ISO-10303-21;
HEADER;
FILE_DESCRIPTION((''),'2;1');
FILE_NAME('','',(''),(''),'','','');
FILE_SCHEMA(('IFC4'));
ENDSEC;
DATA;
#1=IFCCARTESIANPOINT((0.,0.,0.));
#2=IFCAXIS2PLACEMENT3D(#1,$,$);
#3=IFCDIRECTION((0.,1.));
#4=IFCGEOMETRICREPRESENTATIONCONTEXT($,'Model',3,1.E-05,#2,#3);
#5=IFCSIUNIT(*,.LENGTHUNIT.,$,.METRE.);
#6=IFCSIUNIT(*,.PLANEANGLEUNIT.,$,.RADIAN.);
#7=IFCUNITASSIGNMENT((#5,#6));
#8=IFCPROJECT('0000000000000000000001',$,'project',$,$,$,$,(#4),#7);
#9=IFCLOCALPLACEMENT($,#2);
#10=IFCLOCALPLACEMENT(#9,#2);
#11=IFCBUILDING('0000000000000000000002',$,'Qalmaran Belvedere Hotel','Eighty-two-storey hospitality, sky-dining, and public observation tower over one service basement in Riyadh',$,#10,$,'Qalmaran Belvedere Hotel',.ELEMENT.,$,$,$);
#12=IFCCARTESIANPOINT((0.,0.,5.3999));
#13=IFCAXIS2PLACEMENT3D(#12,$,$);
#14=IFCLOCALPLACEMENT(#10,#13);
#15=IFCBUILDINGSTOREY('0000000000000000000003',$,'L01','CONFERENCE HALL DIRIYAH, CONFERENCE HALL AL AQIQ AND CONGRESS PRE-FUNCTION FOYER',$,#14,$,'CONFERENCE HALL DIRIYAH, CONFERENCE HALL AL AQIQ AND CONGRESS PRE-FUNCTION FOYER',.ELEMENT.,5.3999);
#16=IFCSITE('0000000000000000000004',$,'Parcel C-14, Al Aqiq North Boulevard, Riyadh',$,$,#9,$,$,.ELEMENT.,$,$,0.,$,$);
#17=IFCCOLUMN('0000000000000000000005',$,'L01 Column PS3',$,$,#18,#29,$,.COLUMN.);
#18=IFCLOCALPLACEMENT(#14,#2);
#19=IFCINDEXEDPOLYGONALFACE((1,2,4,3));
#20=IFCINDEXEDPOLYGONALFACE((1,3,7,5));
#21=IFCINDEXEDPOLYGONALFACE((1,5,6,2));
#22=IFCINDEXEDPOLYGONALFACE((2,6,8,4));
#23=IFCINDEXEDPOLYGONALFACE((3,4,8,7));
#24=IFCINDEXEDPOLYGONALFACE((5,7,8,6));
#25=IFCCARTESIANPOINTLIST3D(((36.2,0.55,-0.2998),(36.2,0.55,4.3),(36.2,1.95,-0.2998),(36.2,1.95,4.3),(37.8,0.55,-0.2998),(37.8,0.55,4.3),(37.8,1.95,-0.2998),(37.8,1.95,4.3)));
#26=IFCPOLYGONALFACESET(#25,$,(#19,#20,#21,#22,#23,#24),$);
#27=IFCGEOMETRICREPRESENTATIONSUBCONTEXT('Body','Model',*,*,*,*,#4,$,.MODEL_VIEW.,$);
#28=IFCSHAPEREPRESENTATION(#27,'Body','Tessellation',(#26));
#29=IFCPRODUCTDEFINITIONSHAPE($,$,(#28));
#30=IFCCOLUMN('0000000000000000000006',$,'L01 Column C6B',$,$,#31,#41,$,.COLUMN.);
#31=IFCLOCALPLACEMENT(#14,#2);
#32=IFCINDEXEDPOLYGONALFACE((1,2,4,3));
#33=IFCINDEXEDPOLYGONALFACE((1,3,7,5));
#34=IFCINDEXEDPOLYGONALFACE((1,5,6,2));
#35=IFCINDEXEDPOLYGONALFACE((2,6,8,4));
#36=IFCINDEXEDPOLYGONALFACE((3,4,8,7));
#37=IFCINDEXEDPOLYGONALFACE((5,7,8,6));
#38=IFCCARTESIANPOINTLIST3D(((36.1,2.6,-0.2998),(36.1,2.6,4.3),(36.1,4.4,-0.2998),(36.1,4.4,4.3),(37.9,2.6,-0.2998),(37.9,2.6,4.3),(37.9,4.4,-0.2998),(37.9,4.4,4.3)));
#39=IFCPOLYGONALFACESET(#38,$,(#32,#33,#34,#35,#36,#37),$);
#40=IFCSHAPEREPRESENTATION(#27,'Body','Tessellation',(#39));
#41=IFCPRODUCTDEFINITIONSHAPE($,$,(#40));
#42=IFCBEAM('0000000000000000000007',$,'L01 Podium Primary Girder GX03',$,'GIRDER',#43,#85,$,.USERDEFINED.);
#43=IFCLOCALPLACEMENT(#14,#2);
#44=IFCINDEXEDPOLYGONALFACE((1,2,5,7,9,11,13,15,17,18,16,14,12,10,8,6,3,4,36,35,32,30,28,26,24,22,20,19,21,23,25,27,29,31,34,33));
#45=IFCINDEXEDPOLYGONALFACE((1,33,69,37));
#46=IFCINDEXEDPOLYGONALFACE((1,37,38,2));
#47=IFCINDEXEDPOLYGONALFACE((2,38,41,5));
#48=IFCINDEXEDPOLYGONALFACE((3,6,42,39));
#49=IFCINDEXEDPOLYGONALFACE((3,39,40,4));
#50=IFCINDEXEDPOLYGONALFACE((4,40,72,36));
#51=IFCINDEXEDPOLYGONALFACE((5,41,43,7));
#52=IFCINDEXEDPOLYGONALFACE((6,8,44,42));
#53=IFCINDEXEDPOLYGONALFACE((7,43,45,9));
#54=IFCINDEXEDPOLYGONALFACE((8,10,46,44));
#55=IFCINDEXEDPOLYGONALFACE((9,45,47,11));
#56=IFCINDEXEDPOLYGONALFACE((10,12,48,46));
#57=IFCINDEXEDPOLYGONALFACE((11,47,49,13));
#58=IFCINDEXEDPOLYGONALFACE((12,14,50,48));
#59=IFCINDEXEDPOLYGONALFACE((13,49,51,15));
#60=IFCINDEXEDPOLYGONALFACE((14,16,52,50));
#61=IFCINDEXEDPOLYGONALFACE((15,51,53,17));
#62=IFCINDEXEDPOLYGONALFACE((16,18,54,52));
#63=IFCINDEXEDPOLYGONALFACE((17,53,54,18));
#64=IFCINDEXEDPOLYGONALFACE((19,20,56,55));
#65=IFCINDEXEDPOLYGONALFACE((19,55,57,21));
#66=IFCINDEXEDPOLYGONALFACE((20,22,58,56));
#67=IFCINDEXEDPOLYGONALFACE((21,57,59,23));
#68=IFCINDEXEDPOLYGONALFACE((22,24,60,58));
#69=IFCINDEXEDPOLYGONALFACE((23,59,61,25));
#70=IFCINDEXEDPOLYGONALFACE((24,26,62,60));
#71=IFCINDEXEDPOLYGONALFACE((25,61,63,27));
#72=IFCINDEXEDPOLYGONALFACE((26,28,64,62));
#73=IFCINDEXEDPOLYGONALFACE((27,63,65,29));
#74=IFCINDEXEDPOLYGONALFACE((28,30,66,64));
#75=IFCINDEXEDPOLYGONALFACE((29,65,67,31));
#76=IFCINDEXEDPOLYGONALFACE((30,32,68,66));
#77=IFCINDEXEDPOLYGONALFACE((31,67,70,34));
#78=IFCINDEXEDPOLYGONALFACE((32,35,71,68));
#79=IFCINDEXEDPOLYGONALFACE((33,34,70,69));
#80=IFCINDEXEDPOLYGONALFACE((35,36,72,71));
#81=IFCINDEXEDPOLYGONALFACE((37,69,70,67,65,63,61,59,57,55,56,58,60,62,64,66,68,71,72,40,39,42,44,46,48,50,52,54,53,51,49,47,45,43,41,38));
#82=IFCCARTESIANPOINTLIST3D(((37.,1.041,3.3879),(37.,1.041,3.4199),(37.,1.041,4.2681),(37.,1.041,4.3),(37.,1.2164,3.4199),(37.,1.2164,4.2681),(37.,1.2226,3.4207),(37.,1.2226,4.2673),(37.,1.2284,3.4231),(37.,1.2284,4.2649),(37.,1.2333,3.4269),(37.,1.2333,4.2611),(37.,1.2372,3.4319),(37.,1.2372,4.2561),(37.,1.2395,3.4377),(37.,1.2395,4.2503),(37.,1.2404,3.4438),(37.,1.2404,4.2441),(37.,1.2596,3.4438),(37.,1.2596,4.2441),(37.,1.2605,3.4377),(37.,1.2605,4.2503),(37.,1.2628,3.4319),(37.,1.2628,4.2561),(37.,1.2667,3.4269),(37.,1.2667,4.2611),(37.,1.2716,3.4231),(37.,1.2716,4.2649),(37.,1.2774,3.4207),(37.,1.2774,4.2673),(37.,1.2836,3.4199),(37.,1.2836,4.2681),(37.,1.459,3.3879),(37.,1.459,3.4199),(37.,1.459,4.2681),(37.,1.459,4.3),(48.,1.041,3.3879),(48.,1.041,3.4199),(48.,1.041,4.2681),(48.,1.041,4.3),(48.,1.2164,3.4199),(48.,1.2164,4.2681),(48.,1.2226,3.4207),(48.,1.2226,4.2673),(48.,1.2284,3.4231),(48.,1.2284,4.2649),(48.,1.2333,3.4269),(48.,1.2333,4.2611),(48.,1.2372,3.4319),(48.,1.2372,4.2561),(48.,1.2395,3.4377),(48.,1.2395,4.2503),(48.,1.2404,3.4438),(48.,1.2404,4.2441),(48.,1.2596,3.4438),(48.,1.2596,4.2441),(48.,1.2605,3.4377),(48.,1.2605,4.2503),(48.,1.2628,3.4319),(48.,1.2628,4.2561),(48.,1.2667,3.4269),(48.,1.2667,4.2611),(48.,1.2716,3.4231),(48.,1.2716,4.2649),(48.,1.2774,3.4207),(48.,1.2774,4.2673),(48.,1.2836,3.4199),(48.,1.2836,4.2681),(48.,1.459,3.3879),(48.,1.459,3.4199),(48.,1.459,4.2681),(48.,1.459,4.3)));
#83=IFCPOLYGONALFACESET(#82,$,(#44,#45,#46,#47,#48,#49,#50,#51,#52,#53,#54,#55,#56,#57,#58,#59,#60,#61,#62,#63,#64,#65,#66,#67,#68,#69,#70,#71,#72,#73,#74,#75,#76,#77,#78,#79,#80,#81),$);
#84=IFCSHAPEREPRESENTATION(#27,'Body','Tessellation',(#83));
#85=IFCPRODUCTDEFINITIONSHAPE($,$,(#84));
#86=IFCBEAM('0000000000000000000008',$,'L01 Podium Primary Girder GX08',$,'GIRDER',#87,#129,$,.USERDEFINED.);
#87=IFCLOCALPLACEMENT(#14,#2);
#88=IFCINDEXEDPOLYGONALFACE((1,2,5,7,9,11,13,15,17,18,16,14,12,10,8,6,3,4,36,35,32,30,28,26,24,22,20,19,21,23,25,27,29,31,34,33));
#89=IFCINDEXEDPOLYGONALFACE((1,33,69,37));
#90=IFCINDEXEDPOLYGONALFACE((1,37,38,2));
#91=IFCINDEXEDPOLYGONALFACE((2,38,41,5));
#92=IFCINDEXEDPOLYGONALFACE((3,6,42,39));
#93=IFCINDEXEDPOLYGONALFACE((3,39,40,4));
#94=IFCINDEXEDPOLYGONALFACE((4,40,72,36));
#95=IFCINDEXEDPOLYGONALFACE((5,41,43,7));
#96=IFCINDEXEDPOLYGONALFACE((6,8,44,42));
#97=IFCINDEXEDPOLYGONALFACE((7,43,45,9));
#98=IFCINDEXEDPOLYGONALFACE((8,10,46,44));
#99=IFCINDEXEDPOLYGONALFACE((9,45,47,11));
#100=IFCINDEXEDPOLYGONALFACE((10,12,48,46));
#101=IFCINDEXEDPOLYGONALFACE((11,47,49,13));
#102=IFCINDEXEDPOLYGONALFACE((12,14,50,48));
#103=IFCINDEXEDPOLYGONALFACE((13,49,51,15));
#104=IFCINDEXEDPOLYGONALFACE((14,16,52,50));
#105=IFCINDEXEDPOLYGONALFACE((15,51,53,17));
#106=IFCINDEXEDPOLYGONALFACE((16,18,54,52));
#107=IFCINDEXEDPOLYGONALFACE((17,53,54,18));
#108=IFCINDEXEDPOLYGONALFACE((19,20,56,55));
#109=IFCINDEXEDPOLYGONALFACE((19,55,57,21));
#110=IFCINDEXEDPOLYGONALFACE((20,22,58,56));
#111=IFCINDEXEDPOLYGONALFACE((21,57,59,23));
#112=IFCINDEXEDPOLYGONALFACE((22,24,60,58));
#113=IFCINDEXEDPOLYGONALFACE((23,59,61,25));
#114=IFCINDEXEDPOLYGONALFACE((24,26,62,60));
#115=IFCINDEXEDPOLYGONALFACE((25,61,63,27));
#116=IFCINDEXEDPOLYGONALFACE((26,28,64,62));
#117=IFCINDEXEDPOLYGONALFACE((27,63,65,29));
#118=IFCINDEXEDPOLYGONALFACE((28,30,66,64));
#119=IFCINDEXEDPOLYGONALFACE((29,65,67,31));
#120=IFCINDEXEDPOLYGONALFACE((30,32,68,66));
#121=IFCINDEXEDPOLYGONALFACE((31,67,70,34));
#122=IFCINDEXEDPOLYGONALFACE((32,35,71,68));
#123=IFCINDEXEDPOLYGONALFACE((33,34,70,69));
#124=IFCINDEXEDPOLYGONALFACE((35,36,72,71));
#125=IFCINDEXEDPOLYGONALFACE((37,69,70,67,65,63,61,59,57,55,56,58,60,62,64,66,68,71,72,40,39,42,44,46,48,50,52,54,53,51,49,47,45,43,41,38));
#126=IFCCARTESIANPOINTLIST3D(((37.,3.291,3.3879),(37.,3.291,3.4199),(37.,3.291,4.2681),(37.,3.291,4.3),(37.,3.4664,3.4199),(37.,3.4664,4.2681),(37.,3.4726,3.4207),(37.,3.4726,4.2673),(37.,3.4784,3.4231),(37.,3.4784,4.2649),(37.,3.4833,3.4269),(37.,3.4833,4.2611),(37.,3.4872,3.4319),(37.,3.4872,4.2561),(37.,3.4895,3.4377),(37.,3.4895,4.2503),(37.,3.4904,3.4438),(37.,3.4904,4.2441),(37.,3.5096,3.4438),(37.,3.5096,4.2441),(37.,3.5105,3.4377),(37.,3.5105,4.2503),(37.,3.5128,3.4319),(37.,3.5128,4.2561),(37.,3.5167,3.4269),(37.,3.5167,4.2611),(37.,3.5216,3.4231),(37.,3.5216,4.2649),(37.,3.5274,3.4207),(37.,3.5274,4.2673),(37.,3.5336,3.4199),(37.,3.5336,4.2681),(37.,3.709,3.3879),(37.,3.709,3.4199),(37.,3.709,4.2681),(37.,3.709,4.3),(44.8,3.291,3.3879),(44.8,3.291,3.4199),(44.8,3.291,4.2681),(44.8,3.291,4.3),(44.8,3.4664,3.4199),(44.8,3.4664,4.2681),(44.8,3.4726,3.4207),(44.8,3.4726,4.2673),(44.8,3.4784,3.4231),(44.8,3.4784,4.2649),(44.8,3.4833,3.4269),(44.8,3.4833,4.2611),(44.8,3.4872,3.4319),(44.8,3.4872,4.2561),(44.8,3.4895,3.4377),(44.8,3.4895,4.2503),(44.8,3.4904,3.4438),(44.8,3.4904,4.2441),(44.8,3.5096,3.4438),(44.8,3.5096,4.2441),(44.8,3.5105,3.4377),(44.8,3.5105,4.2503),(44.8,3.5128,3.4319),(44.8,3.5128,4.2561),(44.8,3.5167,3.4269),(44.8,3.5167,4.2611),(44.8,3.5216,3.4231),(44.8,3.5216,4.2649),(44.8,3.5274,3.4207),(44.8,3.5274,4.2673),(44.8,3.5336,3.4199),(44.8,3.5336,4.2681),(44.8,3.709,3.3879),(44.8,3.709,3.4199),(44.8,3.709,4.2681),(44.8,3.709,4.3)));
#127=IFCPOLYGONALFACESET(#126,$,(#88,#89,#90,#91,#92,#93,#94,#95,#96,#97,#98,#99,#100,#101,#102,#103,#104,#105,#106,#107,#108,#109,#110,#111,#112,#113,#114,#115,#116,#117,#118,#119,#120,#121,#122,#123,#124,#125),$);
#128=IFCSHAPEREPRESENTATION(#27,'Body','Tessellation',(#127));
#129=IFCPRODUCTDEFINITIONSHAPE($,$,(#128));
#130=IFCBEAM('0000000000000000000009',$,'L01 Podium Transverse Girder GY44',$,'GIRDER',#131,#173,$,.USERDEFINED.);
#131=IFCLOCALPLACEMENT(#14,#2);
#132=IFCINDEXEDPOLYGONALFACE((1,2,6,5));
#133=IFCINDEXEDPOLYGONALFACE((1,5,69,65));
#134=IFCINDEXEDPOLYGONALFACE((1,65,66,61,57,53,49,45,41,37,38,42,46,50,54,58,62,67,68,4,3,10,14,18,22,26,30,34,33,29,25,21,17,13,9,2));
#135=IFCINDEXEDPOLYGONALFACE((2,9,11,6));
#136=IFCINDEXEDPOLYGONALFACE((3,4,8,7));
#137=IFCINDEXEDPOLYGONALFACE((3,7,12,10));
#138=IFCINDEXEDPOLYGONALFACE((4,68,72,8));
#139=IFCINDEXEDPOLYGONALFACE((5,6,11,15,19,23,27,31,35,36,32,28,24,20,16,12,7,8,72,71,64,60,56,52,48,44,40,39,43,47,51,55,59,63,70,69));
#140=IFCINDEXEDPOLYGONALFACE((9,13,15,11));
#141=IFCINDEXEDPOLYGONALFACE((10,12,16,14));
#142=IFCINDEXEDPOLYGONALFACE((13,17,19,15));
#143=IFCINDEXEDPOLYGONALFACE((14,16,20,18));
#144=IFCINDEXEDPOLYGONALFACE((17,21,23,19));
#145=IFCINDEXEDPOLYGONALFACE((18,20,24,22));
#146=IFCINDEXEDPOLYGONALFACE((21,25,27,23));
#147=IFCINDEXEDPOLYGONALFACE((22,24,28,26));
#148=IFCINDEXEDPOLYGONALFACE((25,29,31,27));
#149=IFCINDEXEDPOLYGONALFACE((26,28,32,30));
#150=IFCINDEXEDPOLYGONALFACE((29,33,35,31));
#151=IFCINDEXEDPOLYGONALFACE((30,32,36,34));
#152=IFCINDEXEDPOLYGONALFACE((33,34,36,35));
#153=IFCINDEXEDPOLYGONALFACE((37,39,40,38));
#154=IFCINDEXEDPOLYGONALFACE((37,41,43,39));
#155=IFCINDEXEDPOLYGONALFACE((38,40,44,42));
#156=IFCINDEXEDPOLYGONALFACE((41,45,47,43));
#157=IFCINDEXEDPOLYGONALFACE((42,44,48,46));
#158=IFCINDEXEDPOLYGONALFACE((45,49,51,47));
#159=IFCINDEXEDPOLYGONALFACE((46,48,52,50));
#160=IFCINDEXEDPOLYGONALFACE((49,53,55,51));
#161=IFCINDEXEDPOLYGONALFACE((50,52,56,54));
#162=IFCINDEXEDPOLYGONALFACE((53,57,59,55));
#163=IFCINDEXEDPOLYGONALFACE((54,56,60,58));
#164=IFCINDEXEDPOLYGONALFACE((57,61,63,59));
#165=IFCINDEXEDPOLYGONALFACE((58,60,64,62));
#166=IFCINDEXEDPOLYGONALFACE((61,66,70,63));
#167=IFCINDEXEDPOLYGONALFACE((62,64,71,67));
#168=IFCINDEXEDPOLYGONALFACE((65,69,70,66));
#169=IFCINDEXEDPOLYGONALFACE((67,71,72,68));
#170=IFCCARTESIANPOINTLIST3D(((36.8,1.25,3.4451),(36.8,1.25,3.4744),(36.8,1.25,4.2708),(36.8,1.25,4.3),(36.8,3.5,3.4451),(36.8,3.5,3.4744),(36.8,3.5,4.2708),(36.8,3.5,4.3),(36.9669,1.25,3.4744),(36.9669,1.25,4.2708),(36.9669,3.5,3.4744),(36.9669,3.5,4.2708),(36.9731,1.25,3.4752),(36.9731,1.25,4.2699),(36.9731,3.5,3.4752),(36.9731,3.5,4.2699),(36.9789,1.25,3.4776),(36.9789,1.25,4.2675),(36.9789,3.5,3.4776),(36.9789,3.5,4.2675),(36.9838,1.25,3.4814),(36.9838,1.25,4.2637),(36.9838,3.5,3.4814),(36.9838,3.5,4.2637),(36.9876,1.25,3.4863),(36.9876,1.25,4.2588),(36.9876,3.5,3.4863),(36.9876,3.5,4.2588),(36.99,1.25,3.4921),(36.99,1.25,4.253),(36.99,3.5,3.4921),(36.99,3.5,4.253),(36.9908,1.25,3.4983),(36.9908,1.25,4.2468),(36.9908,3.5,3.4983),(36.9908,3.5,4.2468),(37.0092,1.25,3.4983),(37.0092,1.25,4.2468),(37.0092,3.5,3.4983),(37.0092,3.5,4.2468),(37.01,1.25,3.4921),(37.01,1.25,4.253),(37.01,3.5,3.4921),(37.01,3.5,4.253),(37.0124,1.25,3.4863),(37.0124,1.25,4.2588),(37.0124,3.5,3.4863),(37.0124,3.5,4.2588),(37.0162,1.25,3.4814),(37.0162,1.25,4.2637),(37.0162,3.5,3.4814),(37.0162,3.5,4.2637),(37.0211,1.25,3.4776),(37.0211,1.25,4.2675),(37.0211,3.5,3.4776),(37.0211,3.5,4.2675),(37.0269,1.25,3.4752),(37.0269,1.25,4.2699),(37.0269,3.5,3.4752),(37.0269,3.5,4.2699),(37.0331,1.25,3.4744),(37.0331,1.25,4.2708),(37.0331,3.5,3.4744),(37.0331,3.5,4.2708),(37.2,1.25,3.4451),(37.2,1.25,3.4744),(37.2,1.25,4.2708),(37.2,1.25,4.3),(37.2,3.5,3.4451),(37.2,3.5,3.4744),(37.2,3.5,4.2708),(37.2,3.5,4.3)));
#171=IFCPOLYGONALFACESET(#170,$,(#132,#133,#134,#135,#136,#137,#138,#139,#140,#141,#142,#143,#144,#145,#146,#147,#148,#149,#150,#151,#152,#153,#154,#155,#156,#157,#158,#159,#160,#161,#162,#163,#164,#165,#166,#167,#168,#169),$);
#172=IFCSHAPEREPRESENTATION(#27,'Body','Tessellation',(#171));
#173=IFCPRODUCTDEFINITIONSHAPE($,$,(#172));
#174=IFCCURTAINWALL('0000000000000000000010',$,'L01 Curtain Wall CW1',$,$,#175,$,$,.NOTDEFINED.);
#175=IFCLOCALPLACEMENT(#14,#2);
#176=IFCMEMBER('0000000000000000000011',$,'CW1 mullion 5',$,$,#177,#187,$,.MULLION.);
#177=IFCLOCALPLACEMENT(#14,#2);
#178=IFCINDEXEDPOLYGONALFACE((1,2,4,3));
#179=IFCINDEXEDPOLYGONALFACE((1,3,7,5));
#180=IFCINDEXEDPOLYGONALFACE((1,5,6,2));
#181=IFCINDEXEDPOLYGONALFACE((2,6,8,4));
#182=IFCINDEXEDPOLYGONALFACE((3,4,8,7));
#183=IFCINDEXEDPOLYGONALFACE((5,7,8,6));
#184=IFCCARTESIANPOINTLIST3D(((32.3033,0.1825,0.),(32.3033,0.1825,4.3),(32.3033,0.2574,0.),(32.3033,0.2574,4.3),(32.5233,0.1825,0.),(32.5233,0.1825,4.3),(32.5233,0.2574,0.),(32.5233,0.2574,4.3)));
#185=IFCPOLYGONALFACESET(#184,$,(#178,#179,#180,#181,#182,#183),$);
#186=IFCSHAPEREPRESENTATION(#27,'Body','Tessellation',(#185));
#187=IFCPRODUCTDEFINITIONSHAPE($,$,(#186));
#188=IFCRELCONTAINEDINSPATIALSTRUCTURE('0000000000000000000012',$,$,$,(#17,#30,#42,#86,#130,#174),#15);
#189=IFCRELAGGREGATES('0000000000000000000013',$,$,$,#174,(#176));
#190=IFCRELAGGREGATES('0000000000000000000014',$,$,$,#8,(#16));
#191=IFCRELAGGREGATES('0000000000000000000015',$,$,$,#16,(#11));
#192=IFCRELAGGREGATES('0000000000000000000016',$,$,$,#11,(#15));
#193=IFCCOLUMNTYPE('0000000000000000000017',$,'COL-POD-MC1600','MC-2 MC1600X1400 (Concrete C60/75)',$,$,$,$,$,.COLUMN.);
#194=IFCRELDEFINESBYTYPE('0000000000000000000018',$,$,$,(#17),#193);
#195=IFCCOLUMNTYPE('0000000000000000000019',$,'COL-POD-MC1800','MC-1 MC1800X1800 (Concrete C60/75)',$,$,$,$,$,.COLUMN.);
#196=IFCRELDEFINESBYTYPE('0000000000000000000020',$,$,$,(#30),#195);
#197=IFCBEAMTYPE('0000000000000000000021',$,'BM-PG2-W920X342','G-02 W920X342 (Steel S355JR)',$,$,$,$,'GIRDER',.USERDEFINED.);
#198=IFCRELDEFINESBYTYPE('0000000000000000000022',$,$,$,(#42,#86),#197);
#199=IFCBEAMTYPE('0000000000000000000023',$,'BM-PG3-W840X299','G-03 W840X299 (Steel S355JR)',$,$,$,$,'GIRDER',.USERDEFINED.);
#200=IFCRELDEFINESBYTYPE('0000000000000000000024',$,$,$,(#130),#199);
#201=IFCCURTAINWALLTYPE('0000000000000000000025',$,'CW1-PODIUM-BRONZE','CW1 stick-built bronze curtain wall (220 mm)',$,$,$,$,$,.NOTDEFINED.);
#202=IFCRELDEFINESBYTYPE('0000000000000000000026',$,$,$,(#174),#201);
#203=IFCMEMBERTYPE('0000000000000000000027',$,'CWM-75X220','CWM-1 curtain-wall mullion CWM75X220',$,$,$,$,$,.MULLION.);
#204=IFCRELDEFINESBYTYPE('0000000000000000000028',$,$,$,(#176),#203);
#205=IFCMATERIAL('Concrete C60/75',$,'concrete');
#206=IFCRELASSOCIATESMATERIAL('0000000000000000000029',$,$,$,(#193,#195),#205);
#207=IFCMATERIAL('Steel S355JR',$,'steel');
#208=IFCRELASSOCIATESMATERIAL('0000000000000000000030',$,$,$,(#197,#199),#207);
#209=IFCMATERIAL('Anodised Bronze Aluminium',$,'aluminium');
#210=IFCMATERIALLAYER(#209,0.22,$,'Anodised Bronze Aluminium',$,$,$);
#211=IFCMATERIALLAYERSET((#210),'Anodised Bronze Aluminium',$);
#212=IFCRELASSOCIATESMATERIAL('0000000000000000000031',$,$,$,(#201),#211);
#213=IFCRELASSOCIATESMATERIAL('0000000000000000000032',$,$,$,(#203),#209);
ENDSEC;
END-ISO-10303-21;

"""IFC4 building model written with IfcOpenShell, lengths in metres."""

from ifc_helpers import new_model, si_unit, direction, frame, origin, origin_2d, place, context, subcontext, project, spatial, rectangle, i_section, extrude, material, layer, layer_set, material_profile, profile_set, type_object, element, aggregate, save


model = new_model("IFC4")

# Units and contexts
model_context = context("Model", 3, precision=1e-05, world=origin(), true_north=direction((0.0, 1.0)))
body_context = subcontext(model_context, "Body", "Model", "MODEL_VIEW")
ifc_project = project(units=[si_unit("LENGTHUNIT", "METRE"), si_unit("PLANEANGLEUNIT", "RADIAN")], contexts=[model_context])

# Site, building, storey
site_placement = place(None, origin())
site = spatial("IfcSite", under=ifc_project, at=site_placement, Name="Parcel C-14, Al Aqiq North Boulevard, Riyadh", CompositionType="ELEMENT", RefElevation=0.0)
building_placement = place(site_placement, origin())
building = spatial("IfcBuilding", under=site, at=building_placement, Name="Qalmaran Belvedere Hotel", Description="Eighty-two-storey hospitality, sky-dining, and public observation tower over one service basement in Riyadh", LongName="Qalmaran Belvedere Hotel", CompositionType="ELEMENT")
storey_placement = place(building_placement, frame((0.0, 0.0, 5.3999)))
storey = spatial("IfcBuildingStorey", under=building, at=storey_placement, Name="L01", Description="CONFERENCE HALL DIRIYAH, CONFERENCE HALL AL AQIQ AND CONGRESS PRE-FUNCTION FOYER", LongName="CONFERENCE HALL DIRIYAH, CONFERENCE HALL AL AQIQ AND CONGRESS PRE-FUNCTION FOYER", CompositionType="ELEMENT", Elevation=5.3999)

# Columns
ifc_material_1 = material(Name="Concrete C60/75", Category="concrete")
ifc_material_profile_1 = material_profile(ifc_material_1, rectangle(XDim=1.6001, YDim=1.3999, at=origin_2d()), Name="MC1600X1400")
ifc_profile_set_1 = profile_set([ifc_material_profile_1], Name="Concrete C60/75")
column_type_1 = type_object("IfcColumnType", Name="COL-POD-MC1600", Description="MC-2 MC1600X1400 (Concrete C60/75)", PredefinedType="COLUMN", material=ifc_profile_set_1)
column_1_placement = place(storey_placement, frame((37.0, 1.25, -0.2998), z_axis=(0.0, 0.0, 1.0), x_axis=(1.0, 0.0, 0.0)))
element("IfcColumn", 1, at=column_1_placement, inside=storey, type_object=column_type_1, Name="L01 Column PS3", PredefinedType="COLUMN", context=body_context, shape_type="SweptSolid", body=[
    extrude(rectangle(XDim=1.6001, YDim=1.3999, at=origin_2d()), origin(), (0.0, 0.0, 1.0), 4.5999),
])
ifc_material_profile_2 = material_profile(ifc_material_1, rectangle(XDim=1.8, YDim=1.8, at=origin_2d()), Name="MC1800X1800")
ifc_profile_set_2 = profile_set([ifc_material_profile_2], Name="Concrete C60/75")
column_type_2 = type_object("IfcColumnType", Name="COL-POD-MC1800", Description="MC-1 MC1800X1800 (Concrete C60/75)", PredefinedType="COLUMN", material=ifc_profile_set_2)
column_2_placement = place(storey_placement, frame((37.0, 3.5, -0.2998), z_axis=(0.0, 0.0, 1.0), x_axis=(1.0, 0.0, 0.0)))
element("IfcColumn", 2, at=column_2_placement, inside=storey, type_object=column_type_2, Name="L01 Column C6B", PredefinedType="COLUMN", context=body_context, shape_type="SweptSolid", body=[
    extrude(rectangle(XDim=1.8, YDim=1.8, at=origin_2d()), origin(), (0.0, 0.0, 1.0), 4.5999),
])

# Beams
ifc_material_2 = material(Name="Steel S355JR", Category="steel")
ifc_material_profile_3 = material_profile(ifc_material_2, i_section(OverallWidth=0.418, OverallDepth=0.9121, WebThickness=0.0193, FlangeThickness=0.032, FilletRadius=0.0239, at=origin_2d()), Name="W920X342")
ifc_profile_set_3 = profile_set([ifc_material_profile_3], Name="Steel S355JR")
beam_type_1 = type_object("IfcBeamType", Name="BM-PG2-W920X342", Description="G-02 W920X342 (Steel S355JR)", ElementType="GIRDER", PredefinedType="USERDEFINED", material=ifc_profile_set_3)
beam_1_placement = place(storey_placement, frame((37.0, 1.25, 3.844), z_axis=(1.0, 0.0, 0.0), x_axis=(0.0, 1.0, 0.0)))
element("IfcBeam", 3, at=beam_1_placement, inside=storey, type_object=beam_type_1, Name="L01 Podium Primary Girder GX03", ObjectType="GIRDER", PredefinedType="USERDEFINED", context=body_context, shape_type="SweptSolid", body=[
    extrude(i_section(OverallWidth=0.418, OverallDepth=0.9121, WebThickness=0.0193, FlangeThickness=0.032, FilletRadius=0.0239, at=origin_2d()), origin(), (0.0, 0.0, 1.0), 11.0),
])
beam_2_placement = place(storey_placement, frame((37.0, 3.5, 3.844), z_axis=(1.0, 0.0, 0.0), x_axis=(0.0, 1.0, 0.0)))
element("IfcBeam", 4, at=beam_2_placement, inside=storey, type_object=beam_type_1, Name="L01 Podium Primary Girder GX08", ObjectType="GIRDER", PredefinedType="USERDEFINED", context=body_context, shape_type="SweptSolid", body=[
    extrude(i_section(OverallWidth=0.418, OverallDepth=0.9121, WebThickness=0.0193, FlangeThickness=0.032, FilletRadius=0.0239, at=origin_2d()), origin(), (0.0, 0.0, 1.0), 7.8),
])
ifc_material_profile_4 = material_profile(ifc_material_2, i_section(OverallWidth=0.3999, OverallDepth=0.855, WebThickness=0.0183, FlangeThickness=0.0293, FilletRadius=0.0239, at=origin_2d()), Name="W840X299")
ifc_profile_set_4 = profile_set([ifc_material_profile_4], Name="Steel S355JR")
beam_type_2 = type_object("IfcBeamType", Name="BM-PG3-W840X299", Description="G-03 W840X299 (Steel S355JR)", ElementType="GIRDER", PredefinedType="USERDEFINED", material=ifc_profile_set_4)
beam_3_placement = place(storey_placement, frame((37.0, 1.25, 3.8726), z_axis=(0.0, 1.0, 0.0), x_axis=(-1.0, 0.0, 0.0)))
element("IfcBeam", 5, at=beam_3_placement, inside=storey, type_object=beam_type_2, Name="L01 Podium Transverse Girder GY44", ObjectType="GIRDER", PredefinedType="USERDEFINED", context=body_context, shape_type="SweptSolid", body=[
    extrude(i_section(OverallWidth=0.3999, OverallDepth=0.855, WebThickness=0.0183, FlangeThickness=0.0293, FilletRadius=0.0239, at=origin_2d()), origin(), (0.0, 0.0, 1.0), 2.25),
])

# Curtain wall, member
ifc_material_3 = material(Name="Anodised Bronze Aluminium", Category="aluminium")
ifc_layer_1 = layer(ifc_material_3, 0.22, Name="Anodised Bronze Aluminium")
ifc_layer_set_1 = layer_set([ifc_layer_1], Name="Anodised Bronze Aluminium")
curtain_wall_type = type_object("IfcCurtainWallType", Name="CW1-PODIUM-BRONZE", Description="CW1 stick-built bronze curtain wall (220 mm)", PredefinedType="NOTDEFINED", material=ifc_layer_set_1)
curtain_wall_placement = place(storey_placement, origin())
curtain_wall = element("IfcCurtainWall", 6, at=curtain_wall_placement, inside=storey, type_object=curtain_wall_type, Name="L01 Curtain Wall CW1", PredefinedType="NOTDEFINED")
ifc_material_profile_5 = material_profile(ifc_material_3, rectangle(XDim=0.075, YDim=0.22, at=origin_2d()), Name="CWM75X220")
ifc_profile_set_5 = profile_set([ifc_material_profile_5], Name="Anodised Bronze Aluminium")
member_type_1 = type_object("IfcMemberType", Name="CWM-75X220", Description="CWM-1 curtain-wall mullion CWM75X220", PredefinedType="MULLION", material=ifc_profile_set_5)
member_1_placement = place(storey_placement, frame((32.4133, 0.22, 0.0), z_axis=(0.0, 0.0, 1.0), x_axis=(0.0, 1.0, 0.0)))
member_1 = element("IfcMember", 7, at=member_1_placement, type_object=member_type_1, Name="CW1 mullion 5", PredefinedType="MULLION", context=body_context, shape_type="SweptSolid", body=[
    extrude(rectangle(XDim=0.075, YDim=0.22, at=origin_2d()), origin(), (0.0, 0.0, 1.0), 4.3),
])
aggregate(curtain_wall, [member_1])

save(model, "model.ifc")
